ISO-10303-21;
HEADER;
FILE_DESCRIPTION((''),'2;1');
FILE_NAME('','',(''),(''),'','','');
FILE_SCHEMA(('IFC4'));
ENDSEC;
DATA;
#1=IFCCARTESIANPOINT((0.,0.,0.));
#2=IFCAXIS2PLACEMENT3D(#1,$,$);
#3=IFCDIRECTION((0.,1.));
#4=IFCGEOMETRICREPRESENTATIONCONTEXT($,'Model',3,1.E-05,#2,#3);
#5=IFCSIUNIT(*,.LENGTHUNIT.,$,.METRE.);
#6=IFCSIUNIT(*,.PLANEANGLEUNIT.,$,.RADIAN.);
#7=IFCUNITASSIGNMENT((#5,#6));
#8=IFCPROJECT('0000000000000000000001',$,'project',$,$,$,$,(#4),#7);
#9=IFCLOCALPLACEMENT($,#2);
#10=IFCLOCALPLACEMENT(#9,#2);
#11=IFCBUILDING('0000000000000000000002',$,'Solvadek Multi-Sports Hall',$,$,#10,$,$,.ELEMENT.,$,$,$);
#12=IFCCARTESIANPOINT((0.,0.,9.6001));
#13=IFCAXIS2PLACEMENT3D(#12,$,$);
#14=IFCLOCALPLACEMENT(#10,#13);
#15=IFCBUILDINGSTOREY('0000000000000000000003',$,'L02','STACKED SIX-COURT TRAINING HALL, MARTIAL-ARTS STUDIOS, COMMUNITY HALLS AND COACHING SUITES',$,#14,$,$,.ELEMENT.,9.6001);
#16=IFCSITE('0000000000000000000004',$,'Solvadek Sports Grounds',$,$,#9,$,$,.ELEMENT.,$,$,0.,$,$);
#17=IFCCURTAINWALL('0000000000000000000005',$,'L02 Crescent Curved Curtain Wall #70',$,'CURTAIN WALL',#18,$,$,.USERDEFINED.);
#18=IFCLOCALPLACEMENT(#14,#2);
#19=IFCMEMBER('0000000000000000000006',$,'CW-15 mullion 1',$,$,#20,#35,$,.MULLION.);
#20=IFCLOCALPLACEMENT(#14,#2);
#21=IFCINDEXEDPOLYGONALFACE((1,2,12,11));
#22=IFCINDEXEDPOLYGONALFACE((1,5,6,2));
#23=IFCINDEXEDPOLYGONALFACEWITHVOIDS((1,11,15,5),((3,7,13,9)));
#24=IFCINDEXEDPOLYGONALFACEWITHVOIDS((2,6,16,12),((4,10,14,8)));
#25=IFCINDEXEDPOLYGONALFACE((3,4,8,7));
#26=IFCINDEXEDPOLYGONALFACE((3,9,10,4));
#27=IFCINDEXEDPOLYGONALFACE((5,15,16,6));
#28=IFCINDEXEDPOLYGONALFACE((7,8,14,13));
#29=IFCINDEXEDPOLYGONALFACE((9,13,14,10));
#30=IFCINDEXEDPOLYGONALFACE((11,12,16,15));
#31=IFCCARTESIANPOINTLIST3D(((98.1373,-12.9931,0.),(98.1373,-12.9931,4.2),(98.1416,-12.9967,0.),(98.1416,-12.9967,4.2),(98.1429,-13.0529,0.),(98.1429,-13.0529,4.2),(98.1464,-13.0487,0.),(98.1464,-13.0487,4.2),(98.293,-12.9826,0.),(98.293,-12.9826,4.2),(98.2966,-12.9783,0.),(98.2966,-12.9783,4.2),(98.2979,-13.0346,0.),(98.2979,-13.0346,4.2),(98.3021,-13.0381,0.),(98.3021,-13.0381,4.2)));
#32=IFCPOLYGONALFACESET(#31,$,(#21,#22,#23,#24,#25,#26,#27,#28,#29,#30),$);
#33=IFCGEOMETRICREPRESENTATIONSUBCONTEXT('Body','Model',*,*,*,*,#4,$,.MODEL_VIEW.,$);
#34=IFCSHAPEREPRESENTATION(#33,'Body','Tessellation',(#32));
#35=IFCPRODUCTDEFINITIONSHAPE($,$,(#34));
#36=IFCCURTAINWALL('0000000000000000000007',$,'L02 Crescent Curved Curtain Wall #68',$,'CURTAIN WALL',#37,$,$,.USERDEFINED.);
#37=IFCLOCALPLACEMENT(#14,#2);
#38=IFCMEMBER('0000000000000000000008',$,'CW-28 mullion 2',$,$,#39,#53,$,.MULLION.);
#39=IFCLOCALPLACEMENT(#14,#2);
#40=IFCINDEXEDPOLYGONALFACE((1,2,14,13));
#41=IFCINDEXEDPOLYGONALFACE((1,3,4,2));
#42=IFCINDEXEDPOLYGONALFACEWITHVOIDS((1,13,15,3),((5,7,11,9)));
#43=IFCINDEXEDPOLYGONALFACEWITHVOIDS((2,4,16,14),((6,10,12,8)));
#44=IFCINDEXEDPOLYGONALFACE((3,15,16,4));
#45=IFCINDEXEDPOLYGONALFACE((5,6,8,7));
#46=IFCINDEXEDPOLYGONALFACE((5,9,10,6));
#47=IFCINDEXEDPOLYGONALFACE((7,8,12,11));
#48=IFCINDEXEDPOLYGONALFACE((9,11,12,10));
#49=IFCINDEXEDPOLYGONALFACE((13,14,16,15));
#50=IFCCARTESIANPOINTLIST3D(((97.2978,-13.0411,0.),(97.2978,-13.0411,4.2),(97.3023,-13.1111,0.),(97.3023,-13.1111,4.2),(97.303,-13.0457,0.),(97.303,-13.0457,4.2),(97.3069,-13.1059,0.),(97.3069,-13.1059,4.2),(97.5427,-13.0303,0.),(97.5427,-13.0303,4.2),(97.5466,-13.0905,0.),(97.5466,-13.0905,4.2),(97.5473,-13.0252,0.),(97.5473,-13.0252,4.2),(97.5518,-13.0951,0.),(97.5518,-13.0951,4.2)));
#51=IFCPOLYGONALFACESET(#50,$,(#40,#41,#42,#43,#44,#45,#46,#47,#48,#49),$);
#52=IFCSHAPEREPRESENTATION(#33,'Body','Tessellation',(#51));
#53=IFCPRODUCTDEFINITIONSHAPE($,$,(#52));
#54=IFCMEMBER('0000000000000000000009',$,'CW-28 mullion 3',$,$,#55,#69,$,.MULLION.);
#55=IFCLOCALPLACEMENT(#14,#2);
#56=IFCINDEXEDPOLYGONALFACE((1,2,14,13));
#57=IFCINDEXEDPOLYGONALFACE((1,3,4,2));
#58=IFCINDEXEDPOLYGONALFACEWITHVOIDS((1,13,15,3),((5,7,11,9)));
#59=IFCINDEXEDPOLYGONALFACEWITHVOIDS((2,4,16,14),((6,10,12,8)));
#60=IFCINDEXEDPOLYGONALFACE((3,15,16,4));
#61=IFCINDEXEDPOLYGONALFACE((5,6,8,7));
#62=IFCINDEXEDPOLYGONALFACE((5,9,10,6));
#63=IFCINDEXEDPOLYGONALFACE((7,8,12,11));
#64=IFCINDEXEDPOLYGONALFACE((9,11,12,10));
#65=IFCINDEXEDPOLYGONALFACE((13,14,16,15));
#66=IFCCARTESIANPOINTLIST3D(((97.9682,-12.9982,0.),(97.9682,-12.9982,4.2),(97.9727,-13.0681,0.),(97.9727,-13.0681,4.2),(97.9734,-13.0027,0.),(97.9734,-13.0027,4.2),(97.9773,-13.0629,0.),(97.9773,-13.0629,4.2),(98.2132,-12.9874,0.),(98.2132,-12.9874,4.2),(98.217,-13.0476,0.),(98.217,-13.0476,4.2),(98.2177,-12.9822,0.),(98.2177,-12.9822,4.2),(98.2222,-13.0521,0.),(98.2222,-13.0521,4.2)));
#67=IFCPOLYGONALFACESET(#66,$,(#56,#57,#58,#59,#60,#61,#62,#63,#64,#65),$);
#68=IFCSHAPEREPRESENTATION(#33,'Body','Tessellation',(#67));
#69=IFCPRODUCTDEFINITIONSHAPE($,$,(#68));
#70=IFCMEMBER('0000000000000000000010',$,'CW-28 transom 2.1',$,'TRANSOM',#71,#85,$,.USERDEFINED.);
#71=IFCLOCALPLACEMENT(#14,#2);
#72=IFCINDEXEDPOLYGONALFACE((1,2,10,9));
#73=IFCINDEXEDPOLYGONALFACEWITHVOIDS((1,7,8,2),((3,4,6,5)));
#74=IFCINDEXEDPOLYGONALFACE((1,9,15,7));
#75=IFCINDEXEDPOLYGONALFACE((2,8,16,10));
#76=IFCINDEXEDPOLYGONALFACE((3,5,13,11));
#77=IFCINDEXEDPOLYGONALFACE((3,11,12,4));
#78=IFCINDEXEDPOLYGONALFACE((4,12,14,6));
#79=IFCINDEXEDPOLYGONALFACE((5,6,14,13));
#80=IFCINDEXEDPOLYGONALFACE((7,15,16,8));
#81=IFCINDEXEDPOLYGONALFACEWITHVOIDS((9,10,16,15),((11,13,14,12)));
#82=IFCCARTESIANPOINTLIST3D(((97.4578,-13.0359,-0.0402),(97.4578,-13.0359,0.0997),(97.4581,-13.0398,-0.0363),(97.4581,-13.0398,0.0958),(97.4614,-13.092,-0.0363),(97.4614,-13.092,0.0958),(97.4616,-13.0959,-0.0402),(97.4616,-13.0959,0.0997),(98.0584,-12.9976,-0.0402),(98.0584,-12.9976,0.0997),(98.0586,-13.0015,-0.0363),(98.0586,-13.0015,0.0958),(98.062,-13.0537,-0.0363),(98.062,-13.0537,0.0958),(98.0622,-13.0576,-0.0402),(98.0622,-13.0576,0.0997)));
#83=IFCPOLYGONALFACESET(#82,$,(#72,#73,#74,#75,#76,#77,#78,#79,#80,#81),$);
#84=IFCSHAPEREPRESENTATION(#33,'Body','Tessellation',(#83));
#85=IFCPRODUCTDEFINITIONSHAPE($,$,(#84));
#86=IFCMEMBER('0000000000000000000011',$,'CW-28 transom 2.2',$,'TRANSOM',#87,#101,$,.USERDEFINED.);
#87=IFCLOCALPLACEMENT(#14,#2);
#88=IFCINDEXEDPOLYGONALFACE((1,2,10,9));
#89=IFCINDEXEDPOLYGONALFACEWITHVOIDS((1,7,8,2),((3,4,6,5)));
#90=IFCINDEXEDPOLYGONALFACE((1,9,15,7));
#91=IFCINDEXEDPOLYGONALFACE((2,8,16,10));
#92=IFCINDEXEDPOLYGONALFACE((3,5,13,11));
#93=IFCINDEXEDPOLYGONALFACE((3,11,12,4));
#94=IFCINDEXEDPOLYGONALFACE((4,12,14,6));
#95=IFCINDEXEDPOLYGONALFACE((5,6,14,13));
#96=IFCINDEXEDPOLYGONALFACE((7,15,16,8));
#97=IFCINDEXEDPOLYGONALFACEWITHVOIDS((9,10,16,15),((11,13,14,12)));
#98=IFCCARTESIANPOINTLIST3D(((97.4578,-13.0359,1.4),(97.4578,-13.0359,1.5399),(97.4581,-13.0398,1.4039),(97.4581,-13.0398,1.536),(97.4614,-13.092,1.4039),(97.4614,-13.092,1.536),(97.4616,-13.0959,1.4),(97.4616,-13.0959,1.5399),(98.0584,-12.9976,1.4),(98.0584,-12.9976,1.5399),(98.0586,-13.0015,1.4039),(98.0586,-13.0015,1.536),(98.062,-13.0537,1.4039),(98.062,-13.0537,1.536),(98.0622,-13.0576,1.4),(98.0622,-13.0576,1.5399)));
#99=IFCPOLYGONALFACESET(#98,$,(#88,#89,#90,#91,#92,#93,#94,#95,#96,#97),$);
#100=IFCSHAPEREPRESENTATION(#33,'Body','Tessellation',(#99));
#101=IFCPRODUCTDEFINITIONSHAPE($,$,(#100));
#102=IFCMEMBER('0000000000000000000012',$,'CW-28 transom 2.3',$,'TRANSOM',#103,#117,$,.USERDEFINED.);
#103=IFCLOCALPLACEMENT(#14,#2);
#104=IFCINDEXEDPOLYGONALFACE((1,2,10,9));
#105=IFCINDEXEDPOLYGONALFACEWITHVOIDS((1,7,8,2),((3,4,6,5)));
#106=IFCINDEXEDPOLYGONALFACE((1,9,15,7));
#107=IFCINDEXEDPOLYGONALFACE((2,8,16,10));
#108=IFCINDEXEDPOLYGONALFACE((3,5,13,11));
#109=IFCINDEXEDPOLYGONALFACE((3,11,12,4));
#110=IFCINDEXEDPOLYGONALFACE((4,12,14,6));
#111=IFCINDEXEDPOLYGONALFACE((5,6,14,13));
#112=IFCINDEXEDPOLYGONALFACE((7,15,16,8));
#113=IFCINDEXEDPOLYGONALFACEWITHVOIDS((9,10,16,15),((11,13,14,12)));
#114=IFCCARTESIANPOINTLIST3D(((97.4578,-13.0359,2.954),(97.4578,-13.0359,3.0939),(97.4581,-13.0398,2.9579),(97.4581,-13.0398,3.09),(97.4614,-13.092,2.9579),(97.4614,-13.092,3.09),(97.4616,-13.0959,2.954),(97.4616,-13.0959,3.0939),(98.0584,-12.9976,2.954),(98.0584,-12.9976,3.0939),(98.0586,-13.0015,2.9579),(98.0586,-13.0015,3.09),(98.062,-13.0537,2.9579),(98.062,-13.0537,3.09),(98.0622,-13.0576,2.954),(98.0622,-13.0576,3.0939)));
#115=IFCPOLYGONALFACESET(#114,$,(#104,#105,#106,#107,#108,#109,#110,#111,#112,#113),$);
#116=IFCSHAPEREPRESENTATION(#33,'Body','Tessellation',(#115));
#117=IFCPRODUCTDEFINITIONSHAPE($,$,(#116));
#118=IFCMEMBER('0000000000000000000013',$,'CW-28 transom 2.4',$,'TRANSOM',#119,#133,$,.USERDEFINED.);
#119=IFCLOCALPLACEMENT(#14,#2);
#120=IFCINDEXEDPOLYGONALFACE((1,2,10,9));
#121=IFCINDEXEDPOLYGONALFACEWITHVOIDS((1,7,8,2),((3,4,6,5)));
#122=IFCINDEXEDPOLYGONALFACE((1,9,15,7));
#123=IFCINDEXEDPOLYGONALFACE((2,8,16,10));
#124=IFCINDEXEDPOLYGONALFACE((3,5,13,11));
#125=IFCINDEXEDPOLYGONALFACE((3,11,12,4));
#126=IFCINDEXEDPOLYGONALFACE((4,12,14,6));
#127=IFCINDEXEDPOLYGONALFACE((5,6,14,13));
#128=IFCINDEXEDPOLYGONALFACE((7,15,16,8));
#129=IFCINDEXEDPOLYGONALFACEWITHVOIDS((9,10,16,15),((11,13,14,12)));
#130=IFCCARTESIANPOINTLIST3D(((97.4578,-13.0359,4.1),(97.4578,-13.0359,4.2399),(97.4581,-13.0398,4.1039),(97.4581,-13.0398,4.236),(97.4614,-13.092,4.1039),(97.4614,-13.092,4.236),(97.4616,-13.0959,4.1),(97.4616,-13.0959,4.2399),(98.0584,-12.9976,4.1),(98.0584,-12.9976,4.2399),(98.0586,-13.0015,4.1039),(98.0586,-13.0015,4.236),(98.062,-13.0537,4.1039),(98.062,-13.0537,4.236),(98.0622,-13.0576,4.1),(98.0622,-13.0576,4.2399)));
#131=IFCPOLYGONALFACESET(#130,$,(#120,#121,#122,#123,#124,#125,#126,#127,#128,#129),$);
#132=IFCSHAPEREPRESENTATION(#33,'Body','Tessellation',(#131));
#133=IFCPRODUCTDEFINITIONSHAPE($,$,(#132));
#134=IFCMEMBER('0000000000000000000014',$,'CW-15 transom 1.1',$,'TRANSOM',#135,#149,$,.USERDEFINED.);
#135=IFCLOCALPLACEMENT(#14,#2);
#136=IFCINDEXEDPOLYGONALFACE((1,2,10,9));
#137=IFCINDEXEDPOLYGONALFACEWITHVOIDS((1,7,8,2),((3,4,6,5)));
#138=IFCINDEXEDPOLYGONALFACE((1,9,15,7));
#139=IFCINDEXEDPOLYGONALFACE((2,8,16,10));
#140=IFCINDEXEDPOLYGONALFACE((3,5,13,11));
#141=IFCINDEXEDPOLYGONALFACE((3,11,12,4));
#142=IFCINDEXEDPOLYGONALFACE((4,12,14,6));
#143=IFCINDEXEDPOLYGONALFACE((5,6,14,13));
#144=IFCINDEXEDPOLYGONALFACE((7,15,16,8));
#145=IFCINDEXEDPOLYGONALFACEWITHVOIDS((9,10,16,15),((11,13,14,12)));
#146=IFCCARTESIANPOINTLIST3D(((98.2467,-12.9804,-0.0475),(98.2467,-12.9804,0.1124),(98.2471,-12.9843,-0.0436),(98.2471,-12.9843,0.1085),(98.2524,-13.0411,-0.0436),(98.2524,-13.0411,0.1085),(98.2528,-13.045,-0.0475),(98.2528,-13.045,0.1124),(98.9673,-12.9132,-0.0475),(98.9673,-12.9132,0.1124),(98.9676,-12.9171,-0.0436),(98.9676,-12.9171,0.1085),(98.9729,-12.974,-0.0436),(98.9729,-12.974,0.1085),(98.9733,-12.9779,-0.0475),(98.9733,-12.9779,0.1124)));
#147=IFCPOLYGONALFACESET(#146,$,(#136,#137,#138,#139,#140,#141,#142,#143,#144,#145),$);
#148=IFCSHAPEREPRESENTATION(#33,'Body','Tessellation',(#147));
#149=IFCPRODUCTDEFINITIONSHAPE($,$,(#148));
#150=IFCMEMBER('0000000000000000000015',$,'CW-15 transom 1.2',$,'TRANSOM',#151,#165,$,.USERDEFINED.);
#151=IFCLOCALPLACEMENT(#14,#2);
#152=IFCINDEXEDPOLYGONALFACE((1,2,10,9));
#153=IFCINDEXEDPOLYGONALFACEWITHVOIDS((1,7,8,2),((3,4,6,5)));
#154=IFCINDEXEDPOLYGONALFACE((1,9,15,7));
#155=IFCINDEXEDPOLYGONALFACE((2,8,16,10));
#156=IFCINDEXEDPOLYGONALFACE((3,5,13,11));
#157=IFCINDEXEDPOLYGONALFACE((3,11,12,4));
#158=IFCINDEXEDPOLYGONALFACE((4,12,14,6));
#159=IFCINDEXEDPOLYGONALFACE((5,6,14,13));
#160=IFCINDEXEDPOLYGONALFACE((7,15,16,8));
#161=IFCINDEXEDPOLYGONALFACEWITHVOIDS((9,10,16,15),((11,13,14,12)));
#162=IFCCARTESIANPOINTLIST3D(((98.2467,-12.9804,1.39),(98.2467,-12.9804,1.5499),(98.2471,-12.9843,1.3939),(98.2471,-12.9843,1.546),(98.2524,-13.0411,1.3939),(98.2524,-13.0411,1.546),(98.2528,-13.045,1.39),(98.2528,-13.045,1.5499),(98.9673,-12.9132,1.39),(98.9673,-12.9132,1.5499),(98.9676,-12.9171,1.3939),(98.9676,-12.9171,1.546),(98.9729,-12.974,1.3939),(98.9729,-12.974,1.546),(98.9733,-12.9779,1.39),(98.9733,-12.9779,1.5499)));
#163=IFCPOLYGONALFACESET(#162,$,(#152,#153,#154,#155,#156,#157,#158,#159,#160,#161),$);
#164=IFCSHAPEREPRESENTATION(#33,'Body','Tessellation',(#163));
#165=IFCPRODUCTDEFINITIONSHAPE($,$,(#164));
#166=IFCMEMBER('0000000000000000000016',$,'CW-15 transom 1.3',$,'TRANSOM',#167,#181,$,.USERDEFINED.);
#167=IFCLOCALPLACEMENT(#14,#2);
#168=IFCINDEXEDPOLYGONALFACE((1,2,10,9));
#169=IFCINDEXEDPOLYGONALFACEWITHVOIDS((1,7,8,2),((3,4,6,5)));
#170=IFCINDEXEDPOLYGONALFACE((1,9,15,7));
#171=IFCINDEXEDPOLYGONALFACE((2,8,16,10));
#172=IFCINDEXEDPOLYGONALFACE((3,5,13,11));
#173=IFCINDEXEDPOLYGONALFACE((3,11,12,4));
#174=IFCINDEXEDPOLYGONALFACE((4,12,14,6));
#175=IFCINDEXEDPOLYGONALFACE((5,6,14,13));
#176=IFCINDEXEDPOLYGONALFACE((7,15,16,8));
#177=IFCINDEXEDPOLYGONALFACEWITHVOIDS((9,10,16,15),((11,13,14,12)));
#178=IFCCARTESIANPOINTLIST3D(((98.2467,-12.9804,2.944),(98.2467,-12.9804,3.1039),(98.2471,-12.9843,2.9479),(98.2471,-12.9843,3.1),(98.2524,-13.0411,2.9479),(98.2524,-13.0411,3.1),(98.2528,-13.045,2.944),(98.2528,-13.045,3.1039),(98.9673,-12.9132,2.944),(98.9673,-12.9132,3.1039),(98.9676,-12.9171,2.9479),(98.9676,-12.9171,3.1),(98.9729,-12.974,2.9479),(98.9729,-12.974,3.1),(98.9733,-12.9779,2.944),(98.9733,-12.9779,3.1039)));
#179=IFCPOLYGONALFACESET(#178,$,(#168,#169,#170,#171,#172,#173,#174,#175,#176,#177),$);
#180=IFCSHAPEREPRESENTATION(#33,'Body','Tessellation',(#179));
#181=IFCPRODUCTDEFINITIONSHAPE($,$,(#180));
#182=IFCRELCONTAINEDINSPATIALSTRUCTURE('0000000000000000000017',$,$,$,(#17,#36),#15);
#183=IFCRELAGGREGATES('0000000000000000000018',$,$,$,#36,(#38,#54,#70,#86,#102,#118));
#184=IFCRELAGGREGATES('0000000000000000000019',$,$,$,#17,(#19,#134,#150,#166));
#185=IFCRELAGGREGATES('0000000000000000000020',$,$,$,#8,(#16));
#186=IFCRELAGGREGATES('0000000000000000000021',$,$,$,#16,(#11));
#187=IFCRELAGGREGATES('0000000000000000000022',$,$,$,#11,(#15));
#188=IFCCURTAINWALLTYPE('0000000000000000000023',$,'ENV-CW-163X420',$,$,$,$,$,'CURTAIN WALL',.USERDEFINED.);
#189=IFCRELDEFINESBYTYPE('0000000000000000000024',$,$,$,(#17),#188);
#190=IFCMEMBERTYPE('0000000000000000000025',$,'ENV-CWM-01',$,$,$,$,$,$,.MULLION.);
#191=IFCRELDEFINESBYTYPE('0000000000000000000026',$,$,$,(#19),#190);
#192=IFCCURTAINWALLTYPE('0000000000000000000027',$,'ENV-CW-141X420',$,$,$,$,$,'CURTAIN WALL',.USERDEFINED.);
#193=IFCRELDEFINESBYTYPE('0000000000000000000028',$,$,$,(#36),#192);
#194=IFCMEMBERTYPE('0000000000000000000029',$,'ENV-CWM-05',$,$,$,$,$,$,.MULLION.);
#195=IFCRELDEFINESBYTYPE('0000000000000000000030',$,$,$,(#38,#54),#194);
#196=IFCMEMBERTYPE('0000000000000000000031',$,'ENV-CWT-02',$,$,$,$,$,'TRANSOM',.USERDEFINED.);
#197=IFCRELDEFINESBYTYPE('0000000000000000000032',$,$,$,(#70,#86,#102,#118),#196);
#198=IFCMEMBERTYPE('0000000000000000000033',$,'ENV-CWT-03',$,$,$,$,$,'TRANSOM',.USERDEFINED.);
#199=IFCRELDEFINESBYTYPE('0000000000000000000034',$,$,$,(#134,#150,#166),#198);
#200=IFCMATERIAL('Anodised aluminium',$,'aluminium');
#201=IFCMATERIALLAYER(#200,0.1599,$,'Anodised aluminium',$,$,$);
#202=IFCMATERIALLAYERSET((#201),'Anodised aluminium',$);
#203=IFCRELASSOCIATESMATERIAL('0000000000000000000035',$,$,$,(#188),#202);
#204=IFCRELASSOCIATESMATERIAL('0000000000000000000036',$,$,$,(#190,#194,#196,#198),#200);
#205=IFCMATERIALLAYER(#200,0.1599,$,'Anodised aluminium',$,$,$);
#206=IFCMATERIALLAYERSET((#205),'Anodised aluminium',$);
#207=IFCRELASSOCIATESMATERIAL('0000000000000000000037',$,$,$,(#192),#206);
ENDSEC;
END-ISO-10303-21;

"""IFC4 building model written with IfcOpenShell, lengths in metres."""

from ifc_helpers import new_model, si_unit, direction, frame, origin, origin_2d, place, context, subcontext, project, spatial, hollow_rectangle, extrude, material, layer, layer_set, material_profile, profile_set, type_object, element, aggregate, save


model = new_model("IFC4")

# Units and contexts
model_context = context("Model", 3, precision=1e-05, world=origin(), true_north=direction((0.0, 1.0)))
body_context = subcontext(model_context, "Body", "Model", "MODEL_VIEW")
ifc_project = project(units=[si_unit("LENGTHUNIT", "METRE"), si_unit("PLANEANGLEUNIT", "RADIAN")], contexts=[model_context])

# Site, building, storey
site_placement = place(None, origin())
site = spatial("IfcSite", under=ifc_project, at=site_placement, Name="Solvadek Sports Grounds", CompositionType="ELEMENT", RefElevation=0.0)
building_placement = place(site_placement, origin())
building = spatial("IfcBuilding", under=site, at=building_placement, Name="Solvadek Multi-Sports Hall", CompositionType="ELEMENT")
storey_placement = place(building_placement, frame((0.0, 0.0, 9.6001)))
storey = spatial("IfcBuildingStorey", under=building, at=storey_placement, Name="L02", Description="STACKED SIX-COURT TRAINING HALL, MARTIAL-ARTS STUDIOS, COMMUNITY HALLS AND COACHING SUITES", CompositionType="ELEMENT", Elevation=9.6001)

# Curtain wall, member
ifc_material_1 = material(Name="Anodised aluminium", Category="aluminium")
ifc_layer_1 = layer(ifc_material_1, 0.1599, Name="Anodised aluminium")
ifc_layer_set_1 = layer_set([ifc_layer_1], Name="Anodised aluminium")
curtain_wall_type_1 = type_object("IfcCurtainWallType", Name="ENV-CW-163X420", ElementType="CURTAIN WALL", PredefinedType="USERDEFINED", material=ifc_layer_set_1)
curtain_wall_1_placement = place(storey_placement, origin())
curtain_wall_1 = element("IfcCurtainWall", 1, at=curtain_wall_1_placement, inside=storey, type_object=curtain_wall_type_1, Name="L02 Crescent Curved Curtain Wall #70", ObjectType="CURTAIN WALL", PredefinedType="USERDEFINED")
ifc_material_profile_1 = material_profile(ifc_material_1, hollow_rectangle(XDim=0.0601, YDim=0.1599, WallThickness=0.0039, at=origin_2d()), Name="ALU-M 160x60x4")
ifc_profile_set_1 = profile_set([ifc_material_profile_1], Name="Anodised aluminium")
member_type_1 = type_object("IfcMemberType", Name="ENV-CWM-01", PredefinedType="MULLION", material=ifc_profile_set_1)
member_1_placement = place(storey_placement, frame((98.2197, -13.0156, 0.0), z_axis=(0.0, 0.0, 1.0), x_axis=(-0.092796, 0.995685, 0.0)))
member_1 = element("IfcMember", 2, at=member_1_placement, type_object=member_type_1, Name="CW-15 mullion 1", PredefinedType="MULLION", context=body_context, shape_type="SweptSolid", body=[
    extrude(hollow_rectangle(XDim=0.0601, YDim=0.1599, WallThickness=0.0039, at=origin_2d()), origin(), (0.0, 0.0, 1.0), 4.2),
])

# Curtain wall, members
ifc_layer_2 = layer(ifc_material_1, 0.1599, Name="Anodised aluminium")
ifc_layer_set_2 = layer_set([ifc_layer_2], Name="Anodised aluminium")
curtain_wall_type_2 = type_object("IfcCurtainWallType", Name="ENV-CW-141X420", ElementType="CURTAIN WALL", PredefinedType="USERDEFINED", material=ifc_layer_set_2)
curtain_wall_2_placement = place(storey_placement, origin())
curtain_wall_2 = element("IfcCurtainWall", 3, at=curtain_wall_2_placement, inside=storey, type_object=curtain_wall_type_2, Name="L02 Crescent Curved Curtain Wall #68", ObjectType="CURTAIN WALL", PredefinedType="USERDEFINED")
ifc_material_profile_2 = material_profile(ifc_material_1, hollow_rectangle(XDim=0.0701, YDim=0.25, WallThickness=0.0049, at=origin_2d()), Name="ALU-M 250x70x5")
ifc_profile_set_2 = profile_set([ifc_material_profile_2], Name="Anodised aluminium")
member_type_2 = type_object("IfcMemberType", Name="ENV-CWM-05", PredefinedType="MULLION", material=ifc_profile_set_2)
member_2_placement = place(storey_placement, frame((97.4248, -13.0681, 0.0), z_axis=(0.0, 0.0, 1.0), x_axis=(-0.063955, 0.997953, 0.0)))
member_2 = element("IfcMember", 4, at=member_2_placement, type_object=member_type_2, Name="CW-28 mullion 2", PredefinedType="MULLION", context=body_context, shape_type="SweptSolid", body=[
    extrude(hollow_rectangle(XDim=0.0701, YDim=0.25, WallThickness=0.0049, at=origin_2d()), origin(), (0.0, 0.0, 1.0), 4.2),
])
member_3_placement = place(storey_placement, frame((98.0952, -13.0251, 0.0), z_axis=(0.0, 0.0, 1.0), x_axis=(-0.063955, 0.997953, 0.0)))
member_3 = element("IfcMember", 5, at=member_3_placement, type_object=member_type_2, Name="CW-28 mullion 3", PredefinedType="MULLION", context=body_context, shape_type="SweptSolid", body=[
    extrude(hollow_rectangle(XDim=0.0701, YDim=0.25, WallThickness=0.0049, at=origin_2d()), origin(), (0.0, 0.0, 1.0), 4.2),
])
ifc_material_profile_3 = material_profile(ifc_material_1, hollow_rectangle(XDim=0.0601, YDim=0.1399, WallThickness=0.0039, at=origin_2d()), Name="ALU-T 140x60x4")
ifc_profile_set_3 = profile_set([ifc_material_profile_3], Name="Anodised aluminium")
member_type_3 = type_object("IfcMemberType", Name="ENV-CWT-02", ElementType="TRANSOM", PredefinedType="USERDEFINED", material=ifc_profile_set_3)
member_4_placement = place(storey_placement, frame((97.4597, -13.0659, 0.0298), z_axis=(0.99797, 0.063692, 0.0), x_axis=(-0.063692, 0.99797, 0.0)))
member_4 = element("IfcMember", 6, at=member_4_placement, type_object=member_type_3, Name="CW-28 transom 2.1", ObjectType="TRANSOM", PredefinedType="USERDEFINED", context=body_context, shape_type="SweptSolid", body=[
    extrude(hollow_rectangle(XDim=0.0601, YDim=0.1399, WallThickness=0.0039, at=origin_2d()), origin(), (0.0, 0.0, 1.0), 0.6018),
])
member_5_placement = place(storey_placement, frame((97.4597, -13.0659, 1.47), z_axis=(0.99797, 0.063692, 0.0), x_axis=(-0.063692, 0.99797, 0.0)))
member_5 = element("IfcMember", 7, at=member_5_placement, type_object=member_type_3, Name="CW-28 transom 2.2", ObjectType="TRANSOM", PredefinedType="USERDEFINED", context=body_context, shape_type="SweptSolid", body=[
    extrude(hollow_rectangle(XDim=0.0601, YDim=0.1399, WallThickness=0.0039, at=origin_2d()), origin(), (0.0, 0.0, 1.0), 0.6018),
])
member_6_placement = place(storey_placement, frame((97.4597, -13.0659, 3.0239), z_axis=(0.99797, 0.063692, 0.0), x_axis=(-0.063692, 0.99797, 0.0)))
member_6 = element("IfcMember", 8, at=member_6_placement, type_object=member_type_3, Name="CW-28 transom 2.3", ObjectType="TRANSOM", PredefinedType="USERDEFINED", context=body_context, shape_type="SweptSolid", body=[
    extrude(hollow_rectangle(XDim=0.0601, YDim=0.1399, WallThickness=0.0039, at=origin_2d()), origin(), (0.0, 0.0, 1.0), 0.6018),
])
member_7_placement = place(storey_placement, frame((97.4597, -13.0659, 4.1699), z_axis=(0.99797, 0.063692, 0.0), x_axis=(-0.063692, 0.99797, 0.0)))
member_7 = element("IfcMember", 9, at=member_7_placement, type_object=member_type_3, Name="CW-28 transom 2.4", ObjectType="TRANSOM", PredefinedType="USERDEFINED", context=body_context, shape_type="SweptSolid", body=[
    extrude(hollow_rectangle(XDim=0.0601, YDim=0.1399, WallThickness=0.0039, at=origin_2d()), origin(), (0.0, 0.0, 1.0), 0.6018),
])

# Members
ifc_material_profile_4 = material_profile(ifc_material_1, hollow_rectangle(XDim=0.0649, YDim=0.1599, WallThickness=0.0039, at=origin_2d()), Name="ALU-T 160x65x4")
ifc_profile_set_4 = profile_set([ifc_material_profile_4], Name="Anodised aluminium")
member_type_4 = type_object("IfcMemberType", Name="ENV-CWT-03", ElementType="TRANSOM", PredefinedType="USERDEFINED", material=ifc_profile_set_4)
member_8_placement = place(storey_placement, frame((98.2498, -13.0127, 0.0325), z_axis=(0.995686, 0.092787, 0.0), x_axis=(-0.092787, 0.995686, 0.0)))
member_8 = element("IfcMember", 10, at=member_8_placement, type_object=member_type_4, Name="CW-15 transom 1.1", ObjectType="TRANSOM", PredefinedType="USERDEFINED", context=body_context, shape_type="SweptSolid", body=[
    extrude(hollow_rectangle(XDim=0.0649, YDim=0.1599, WallThickness=0.0039, at=origin_2d()), origin(), (0.0, 0.0, 1.0), 0.7236),
])
member_9_placement = place(storey_placement, frame((98.2498, -13.0127, 1.47), z_axis=(0.995686, 0.092787, 0.0), x_axis=(-0.092787, 0.995686, 0.0)))
member_9 = element("IfcMember", 11, at=member_9_placement, type_object=member_type_4, Name="CW-15 transom 1.2", ObjectType="TRANSOM", PredefinedType="USERDEFINED", context=body_context, shape_type="SweptSolid", body=[
    extrude(hollow_rectangle(XDim=0.0649, YDim=0.1599, WallThickness=0.0039, at=origin_2d()), origin(), (0.0, 0.0, 1.0), 0.7236),
])
member_10_placement = place(storey_placement, frame((98.2498, -13.0127, 3.0239), z_axis=(0.995686, 0.092787, 0.0), x_axis=(-0.092787, 0.995686, 0.0)))
member_10 = element("IfcMember", 12, at=member_10_placement, type_object=member_type_4, Name="CW-15 transom 1.3", ObjectType="TRANSOM", PredefinedType="USERDEFINED", context=body_context, shape_type="SweptSolid", body=[
    extrude(hollow_rectangle(XDim=0.0649, YDim=0.1599, WallThickness=0.0039, at=origin_2d()), origin(), (0.0, 0.0, 1.0), 0.7236),
])

aggregate(curtain_wall_2, [member_2, member_3, member_4, member_5, member_6, member_7])
aggregate(curtain_wall_1, [member_1, member_8, member_9, member_10])

save(model, "model.ifc")
